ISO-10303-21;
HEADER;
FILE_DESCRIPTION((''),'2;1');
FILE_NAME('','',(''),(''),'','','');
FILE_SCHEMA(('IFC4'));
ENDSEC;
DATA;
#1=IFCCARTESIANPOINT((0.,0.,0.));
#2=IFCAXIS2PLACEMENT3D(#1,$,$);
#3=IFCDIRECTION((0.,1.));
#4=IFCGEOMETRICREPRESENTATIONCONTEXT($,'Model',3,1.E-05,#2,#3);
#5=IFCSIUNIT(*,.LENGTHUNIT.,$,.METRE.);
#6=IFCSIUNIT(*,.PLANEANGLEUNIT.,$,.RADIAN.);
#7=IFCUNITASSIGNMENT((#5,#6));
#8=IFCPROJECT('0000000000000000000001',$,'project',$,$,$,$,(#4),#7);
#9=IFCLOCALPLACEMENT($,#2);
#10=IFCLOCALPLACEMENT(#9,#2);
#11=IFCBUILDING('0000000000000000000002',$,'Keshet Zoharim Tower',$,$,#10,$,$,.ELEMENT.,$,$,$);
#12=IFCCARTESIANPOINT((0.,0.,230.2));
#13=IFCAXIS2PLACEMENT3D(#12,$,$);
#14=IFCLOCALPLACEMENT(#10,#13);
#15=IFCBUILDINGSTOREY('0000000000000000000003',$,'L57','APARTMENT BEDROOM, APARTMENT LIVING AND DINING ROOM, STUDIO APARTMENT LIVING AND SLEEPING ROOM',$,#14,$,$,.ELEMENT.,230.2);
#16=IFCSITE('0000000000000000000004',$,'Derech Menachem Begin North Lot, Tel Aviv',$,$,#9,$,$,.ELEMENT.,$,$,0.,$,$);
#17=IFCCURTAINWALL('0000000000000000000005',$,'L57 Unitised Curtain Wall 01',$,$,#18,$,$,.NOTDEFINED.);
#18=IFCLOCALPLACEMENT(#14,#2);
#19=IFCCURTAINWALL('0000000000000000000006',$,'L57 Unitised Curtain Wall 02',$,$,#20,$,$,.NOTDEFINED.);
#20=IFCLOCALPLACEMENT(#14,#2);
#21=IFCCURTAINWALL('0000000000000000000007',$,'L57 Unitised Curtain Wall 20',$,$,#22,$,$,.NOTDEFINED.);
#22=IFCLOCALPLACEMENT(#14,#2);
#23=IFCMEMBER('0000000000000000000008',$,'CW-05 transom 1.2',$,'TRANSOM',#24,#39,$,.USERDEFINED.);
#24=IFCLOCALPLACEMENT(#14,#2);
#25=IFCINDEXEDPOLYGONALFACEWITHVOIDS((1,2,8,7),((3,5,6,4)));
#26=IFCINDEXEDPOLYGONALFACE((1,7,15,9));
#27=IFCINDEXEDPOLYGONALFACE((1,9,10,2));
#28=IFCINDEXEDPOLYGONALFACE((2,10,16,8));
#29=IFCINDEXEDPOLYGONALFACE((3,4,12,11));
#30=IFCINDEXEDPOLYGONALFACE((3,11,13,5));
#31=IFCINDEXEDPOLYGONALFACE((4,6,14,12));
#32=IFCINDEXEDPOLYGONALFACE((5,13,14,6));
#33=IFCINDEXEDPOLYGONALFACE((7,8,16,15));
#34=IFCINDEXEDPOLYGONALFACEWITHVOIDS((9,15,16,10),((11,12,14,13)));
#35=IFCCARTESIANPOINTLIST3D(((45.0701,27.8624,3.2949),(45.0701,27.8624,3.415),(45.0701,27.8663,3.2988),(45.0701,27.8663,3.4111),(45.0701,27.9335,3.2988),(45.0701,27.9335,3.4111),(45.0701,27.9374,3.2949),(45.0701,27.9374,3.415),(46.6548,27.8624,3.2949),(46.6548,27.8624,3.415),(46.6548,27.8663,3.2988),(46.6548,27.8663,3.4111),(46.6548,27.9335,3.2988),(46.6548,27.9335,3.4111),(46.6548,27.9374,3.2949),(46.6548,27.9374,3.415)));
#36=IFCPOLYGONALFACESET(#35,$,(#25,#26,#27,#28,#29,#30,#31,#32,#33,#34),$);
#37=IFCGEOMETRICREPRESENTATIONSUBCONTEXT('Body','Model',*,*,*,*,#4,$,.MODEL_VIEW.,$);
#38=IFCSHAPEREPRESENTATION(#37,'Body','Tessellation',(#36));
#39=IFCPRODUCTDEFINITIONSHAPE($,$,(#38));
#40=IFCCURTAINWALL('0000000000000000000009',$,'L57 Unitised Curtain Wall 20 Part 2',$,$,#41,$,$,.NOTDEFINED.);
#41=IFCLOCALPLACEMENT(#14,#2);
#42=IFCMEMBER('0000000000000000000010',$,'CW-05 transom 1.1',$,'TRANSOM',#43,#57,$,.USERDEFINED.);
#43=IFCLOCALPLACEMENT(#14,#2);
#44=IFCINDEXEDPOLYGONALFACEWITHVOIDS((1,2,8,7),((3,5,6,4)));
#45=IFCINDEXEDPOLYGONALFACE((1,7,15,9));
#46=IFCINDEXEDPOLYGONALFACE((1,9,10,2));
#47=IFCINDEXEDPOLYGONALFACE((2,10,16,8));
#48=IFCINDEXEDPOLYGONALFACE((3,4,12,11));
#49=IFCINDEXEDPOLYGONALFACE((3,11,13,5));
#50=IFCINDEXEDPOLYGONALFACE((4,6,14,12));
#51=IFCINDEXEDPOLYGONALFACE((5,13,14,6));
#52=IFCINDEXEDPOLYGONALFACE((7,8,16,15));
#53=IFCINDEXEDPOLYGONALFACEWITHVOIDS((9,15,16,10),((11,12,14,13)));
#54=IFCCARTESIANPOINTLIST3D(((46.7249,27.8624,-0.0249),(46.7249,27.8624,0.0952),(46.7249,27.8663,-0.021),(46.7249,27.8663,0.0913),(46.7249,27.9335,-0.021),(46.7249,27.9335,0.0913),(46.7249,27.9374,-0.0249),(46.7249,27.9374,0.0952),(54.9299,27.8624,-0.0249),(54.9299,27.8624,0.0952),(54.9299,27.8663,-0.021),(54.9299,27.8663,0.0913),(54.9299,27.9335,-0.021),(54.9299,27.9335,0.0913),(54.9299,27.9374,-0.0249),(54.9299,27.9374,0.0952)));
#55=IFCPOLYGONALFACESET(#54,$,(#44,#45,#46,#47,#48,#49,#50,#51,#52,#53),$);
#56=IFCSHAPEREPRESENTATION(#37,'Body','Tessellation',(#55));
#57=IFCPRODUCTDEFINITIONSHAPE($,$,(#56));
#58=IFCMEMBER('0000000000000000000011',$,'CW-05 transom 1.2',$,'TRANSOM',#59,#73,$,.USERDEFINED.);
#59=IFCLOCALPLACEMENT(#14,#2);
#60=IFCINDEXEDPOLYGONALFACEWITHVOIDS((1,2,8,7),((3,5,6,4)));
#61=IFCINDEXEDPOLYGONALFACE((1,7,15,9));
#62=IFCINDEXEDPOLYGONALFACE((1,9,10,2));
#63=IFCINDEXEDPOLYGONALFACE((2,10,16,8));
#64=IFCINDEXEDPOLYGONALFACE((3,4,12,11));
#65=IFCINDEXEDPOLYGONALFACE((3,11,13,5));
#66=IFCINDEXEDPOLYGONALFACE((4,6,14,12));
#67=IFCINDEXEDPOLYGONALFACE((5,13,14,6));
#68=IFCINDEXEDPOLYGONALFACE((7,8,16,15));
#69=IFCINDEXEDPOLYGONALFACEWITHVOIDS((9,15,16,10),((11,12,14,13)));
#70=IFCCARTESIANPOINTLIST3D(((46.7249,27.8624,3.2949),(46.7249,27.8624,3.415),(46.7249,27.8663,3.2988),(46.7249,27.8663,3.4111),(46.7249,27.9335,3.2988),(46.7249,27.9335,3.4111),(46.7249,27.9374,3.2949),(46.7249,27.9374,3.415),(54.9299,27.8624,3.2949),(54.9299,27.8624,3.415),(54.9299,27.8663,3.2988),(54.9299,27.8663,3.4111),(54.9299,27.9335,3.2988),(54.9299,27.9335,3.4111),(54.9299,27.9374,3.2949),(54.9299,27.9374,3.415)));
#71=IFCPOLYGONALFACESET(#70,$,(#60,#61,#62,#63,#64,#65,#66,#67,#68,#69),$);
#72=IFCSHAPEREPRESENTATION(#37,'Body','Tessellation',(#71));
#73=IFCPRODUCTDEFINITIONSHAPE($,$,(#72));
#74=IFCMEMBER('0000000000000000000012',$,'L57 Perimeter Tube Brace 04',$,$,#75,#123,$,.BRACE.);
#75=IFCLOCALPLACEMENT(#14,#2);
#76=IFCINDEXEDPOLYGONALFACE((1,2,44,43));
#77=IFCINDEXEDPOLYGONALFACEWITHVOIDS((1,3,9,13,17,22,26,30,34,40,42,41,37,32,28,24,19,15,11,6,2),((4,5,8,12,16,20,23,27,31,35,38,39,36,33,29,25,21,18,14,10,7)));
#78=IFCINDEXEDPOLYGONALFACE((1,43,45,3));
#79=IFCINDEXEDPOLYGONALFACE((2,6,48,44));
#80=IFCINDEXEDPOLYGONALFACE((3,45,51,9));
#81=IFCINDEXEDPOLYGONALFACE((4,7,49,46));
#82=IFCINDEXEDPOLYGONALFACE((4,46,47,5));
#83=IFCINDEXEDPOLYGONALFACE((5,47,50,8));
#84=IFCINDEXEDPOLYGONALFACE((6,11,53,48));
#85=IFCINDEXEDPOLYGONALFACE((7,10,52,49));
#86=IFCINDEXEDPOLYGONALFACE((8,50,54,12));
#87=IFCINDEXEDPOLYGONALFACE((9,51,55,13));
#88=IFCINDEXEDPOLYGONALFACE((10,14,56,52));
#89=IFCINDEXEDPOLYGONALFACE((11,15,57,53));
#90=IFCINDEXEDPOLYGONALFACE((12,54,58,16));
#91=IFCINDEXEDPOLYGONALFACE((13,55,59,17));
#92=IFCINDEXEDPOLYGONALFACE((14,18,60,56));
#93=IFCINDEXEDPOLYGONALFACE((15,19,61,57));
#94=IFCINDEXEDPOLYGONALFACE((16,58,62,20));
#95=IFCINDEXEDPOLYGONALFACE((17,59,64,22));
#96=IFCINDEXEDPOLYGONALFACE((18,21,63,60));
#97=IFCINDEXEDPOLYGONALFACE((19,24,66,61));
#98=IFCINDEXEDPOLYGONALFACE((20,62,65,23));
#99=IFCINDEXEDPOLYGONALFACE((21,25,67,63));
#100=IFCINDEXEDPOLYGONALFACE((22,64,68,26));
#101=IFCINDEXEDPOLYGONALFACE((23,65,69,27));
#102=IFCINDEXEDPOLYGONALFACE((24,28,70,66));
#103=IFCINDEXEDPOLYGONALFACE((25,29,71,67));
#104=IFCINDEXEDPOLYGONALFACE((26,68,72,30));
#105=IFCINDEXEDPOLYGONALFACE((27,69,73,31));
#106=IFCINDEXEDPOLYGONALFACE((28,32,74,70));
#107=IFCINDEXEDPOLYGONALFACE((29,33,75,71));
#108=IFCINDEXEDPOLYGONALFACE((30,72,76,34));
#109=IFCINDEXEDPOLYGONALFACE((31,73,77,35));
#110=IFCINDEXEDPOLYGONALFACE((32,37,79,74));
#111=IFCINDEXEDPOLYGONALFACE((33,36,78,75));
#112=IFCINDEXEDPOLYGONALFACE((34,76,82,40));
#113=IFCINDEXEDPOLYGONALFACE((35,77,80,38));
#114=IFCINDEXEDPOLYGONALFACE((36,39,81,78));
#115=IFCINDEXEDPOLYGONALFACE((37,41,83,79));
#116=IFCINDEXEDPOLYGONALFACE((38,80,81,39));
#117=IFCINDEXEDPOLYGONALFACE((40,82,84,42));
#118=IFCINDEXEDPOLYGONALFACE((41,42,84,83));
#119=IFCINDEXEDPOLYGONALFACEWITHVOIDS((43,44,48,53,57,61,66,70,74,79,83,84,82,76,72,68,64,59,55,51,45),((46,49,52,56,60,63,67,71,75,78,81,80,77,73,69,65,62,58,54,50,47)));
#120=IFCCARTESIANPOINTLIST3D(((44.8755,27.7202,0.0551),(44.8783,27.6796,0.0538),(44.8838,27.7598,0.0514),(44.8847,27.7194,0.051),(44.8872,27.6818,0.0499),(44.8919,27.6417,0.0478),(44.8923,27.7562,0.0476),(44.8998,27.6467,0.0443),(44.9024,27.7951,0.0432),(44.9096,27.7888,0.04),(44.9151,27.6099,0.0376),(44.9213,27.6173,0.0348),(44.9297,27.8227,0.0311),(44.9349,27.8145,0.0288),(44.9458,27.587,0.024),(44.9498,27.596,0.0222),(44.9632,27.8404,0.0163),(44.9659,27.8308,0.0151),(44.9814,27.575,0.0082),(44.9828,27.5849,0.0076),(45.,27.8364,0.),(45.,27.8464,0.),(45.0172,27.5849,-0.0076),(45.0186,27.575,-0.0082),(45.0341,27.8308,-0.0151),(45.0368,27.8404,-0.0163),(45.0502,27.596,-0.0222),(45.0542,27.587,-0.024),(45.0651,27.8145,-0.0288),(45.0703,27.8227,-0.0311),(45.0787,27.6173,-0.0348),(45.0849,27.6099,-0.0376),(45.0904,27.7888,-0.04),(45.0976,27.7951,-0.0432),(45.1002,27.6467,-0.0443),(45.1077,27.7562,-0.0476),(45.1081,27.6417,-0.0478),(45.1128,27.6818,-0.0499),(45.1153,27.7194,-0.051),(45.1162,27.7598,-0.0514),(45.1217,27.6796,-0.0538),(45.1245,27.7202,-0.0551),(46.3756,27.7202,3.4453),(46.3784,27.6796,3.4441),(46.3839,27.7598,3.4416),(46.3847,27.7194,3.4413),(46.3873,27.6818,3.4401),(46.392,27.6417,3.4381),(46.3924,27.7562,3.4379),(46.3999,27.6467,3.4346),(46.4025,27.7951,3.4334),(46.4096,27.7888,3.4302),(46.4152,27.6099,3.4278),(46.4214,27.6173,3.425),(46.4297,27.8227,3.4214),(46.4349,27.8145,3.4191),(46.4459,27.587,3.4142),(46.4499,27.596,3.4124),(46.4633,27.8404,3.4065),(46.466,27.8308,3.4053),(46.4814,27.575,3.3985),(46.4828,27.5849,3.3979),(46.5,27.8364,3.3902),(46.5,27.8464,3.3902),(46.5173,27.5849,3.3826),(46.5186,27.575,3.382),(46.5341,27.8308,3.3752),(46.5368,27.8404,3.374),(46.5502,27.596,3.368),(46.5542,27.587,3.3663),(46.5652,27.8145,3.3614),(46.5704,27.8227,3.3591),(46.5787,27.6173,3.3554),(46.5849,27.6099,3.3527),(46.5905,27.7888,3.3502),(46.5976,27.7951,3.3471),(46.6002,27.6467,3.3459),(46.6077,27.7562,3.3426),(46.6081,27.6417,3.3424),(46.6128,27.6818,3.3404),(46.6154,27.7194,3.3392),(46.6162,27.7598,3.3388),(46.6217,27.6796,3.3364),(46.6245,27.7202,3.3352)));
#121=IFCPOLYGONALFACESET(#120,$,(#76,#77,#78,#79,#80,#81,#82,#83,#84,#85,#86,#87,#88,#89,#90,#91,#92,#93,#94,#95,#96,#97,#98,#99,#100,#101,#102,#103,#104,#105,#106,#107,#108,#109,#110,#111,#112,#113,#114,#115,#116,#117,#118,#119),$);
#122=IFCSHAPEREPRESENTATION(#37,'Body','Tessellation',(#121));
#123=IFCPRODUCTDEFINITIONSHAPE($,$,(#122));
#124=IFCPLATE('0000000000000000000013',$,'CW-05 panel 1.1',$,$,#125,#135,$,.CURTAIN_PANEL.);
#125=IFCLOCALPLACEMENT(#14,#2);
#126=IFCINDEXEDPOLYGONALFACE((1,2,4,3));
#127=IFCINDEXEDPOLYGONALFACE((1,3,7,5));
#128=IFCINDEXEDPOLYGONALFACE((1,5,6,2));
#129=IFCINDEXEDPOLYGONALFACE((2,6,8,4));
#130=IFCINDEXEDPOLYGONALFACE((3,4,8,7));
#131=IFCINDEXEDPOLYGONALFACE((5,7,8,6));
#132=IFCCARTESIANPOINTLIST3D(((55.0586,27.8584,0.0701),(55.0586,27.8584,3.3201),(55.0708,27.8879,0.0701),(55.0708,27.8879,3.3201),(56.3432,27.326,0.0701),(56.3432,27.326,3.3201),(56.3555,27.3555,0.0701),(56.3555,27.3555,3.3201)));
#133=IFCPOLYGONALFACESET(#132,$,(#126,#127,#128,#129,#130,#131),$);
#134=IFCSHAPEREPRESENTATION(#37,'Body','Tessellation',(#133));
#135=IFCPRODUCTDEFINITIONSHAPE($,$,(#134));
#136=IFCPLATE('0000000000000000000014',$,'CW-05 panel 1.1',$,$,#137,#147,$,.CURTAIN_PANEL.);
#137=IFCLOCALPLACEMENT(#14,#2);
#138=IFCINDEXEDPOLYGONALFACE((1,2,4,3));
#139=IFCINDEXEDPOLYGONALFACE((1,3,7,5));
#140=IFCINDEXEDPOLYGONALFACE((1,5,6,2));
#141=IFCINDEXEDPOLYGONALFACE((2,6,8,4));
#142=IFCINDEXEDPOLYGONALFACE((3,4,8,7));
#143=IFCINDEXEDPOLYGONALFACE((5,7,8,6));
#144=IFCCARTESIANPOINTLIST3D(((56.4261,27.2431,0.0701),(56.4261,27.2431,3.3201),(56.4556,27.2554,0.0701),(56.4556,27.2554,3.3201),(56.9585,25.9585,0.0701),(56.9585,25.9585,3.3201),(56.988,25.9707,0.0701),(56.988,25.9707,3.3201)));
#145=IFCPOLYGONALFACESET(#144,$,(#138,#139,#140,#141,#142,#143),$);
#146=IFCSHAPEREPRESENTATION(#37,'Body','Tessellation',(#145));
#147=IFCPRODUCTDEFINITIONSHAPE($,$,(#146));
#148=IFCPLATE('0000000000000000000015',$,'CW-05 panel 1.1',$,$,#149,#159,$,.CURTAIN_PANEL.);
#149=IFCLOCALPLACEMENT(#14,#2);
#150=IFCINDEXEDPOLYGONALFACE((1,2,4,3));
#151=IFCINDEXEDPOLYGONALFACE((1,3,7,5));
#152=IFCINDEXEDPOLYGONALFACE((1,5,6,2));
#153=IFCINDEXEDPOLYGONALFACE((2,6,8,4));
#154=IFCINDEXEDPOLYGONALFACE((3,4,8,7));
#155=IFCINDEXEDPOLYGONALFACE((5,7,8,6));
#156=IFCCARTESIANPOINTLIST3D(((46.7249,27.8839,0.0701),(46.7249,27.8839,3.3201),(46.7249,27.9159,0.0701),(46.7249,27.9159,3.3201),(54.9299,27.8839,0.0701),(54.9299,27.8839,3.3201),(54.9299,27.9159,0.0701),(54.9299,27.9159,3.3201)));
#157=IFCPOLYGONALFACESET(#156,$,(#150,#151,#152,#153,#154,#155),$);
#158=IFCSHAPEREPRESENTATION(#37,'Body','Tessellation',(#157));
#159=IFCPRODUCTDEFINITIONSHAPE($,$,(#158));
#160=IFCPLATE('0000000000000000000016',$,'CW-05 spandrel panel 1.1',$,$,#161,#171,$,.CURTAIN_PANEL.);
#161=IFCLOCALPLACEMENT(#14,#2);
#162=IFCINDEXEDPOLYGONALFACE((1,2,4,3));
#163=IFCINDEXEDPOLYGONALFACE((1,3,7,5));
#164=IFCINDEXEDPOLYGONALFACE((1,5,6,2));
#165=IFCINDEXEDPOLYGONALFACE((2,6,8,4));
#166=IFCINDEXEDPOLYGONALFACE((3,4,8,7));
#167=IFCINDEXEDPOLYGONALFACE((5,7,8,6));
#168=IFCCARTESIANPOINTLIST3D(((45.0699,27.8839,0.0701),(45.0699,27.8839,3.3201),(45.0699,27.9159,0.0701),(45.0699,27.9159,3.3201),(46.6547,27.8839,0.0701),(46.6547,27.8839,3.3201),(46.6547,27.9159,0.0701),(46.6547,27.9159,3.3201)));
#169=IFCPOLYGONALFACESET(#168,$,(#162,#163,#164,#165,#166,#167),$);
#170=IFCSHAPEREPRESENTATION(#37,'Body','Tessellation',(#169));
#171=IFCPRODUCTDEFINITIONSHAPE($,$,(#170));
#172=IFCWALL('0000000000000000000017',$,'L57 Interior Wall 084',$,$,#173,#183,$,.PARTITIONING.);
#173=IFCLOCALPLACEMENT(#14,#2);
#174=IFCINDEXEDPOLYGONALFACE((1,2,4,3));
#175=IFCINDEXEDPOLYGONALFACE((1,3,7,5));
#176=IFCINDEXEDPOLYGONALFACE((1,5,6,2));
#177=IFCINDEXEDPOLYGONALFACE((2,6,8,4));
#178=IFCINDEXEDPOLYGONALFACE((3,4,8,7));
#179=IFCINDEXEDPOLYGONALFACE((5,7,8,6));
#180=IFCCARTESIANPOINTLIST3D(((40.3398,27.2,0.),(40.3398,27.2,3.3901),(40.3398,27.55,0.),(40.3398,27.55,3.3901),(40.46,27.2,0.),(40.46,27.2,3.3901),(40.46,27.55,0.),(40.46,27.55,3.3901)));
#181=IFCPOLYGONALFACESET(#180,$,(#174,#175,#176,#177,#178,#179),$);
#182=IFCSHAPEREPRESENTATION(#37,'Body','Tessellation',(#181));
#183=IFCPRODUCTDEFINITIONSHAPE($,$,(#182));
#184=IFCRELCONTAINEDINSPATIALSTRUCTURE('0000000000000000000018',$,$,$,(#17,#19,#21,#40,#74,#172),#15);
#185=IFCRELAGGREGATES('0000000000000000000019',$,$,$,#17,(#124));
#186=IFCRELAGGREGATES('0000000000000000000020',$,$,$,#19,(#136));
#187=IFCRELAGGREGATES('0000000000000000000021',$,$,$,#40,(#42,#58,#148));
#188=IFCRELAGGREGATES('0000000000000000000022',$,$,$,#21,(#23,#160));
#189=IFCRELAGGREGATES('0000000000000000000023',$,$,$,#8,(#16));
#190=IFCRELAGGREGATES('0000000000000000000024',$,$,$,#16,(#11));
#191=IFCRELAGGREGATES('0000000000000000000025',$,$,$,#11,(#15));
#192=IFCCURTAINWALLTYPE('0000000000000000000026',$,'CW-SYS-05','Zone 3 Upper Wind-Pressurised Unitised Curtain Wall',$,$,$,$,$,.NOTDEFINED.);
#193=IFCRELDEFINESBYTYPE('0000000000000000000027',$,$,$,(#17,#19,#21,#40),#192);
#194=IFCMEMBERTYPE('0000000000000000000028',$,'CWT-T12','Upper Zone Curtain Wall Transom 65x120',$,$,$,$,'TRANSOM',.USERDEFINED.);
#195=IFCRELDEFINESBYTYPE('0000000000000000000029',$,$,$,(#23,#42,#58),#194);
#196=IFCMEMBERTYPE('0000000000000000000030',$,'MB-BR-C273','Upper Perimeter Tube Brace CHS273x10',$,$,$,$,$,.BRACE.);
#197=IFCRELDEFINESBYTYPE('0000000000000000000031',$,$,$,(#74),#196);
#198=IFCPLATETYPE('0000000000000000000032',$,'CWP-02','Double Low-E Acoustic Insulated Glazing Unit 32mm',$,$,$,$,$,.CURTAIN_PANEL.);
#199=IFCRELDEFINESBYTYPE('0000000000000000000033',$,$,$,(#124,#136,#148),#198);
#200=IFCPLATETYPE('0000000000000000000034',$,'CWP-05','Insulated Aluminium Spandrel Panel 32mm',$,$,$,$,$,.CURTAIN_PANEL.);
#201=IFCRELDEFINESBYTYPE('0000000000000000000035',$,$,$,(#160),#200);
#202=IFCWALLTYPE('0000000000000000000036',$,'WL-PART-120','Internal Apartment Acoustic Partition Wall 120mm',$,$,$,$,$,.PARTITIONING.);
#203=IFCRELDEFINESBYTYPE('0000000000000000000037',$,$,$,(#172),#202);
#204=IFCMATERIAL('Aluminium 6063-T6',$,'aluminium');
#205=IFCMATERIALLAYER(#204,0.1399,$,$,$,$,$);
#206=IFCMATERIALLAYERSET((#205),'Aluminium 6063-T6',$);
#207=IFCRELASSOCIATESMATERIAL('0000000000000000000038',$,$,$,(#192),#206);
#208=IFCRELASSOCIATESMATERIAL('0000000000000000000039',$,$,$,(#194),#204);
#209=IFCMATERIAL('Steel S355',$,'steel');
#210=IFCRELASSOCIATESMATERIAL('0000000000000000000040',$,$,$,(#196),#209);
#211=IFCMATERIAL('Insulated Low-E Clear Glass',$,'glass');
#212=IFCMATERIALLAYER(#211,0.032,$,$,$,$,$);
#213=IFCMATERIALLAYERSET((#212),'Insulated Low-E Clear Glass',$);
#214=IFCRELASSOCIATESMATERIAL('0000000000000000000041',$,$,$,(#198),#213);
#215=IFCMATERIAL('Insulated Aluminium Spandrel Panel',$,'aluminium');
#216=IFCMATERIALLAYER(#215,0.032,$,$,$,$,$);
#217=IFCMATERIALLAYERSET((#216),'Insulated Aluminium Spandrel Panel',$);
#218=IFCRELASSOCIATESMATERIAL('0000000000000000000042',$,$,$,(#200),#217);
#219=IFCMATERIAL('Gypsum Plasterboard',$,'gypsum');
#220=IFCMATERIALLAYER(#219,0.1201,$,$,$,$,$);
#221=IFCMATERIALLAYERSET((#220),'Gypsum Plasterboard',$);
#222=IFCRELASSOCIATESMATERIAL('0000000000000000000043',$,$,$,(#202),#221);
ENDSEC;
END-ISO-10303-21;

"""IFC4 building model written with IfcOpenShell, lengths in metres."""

from ifc_helpers import new_model, si_unit, direction, frame, frame_2d, origin, origin_2d, place, context, subcontext, project, spatial, rectangle, hollow_rectangle, hollow_circle, extrude, material, layer, layer_set, material_profile, profile_set, type_object, element, aggregate, save


model = new_model("IFC4")

# Units and contexts
model_context = context("Model", 3, precision=1e-05, world=origin(), true_north=direction((0.0, 1.0)))
body_context = subcontext(model_context, "Body", "Model", "MODEL_VIEW")
ifc_project = project(units=[si_unit("LENGTHUNIT", "METRE"), si_unit("PLANEANGLEUNIT", "RADIAN")], contexts=[model_context])

# Site, building, storey
site_placement = place(None, origin())
site = spatial("IfcSite", under=ifc_project, at=site_placement, Name="Derech Menachem Begin North Lot, Tel Aviv", CompositionType="ELEMENT", RefElevation=0.0)
building_placement = place(site_placement, origin())
building = spatial("IfcBuilding", under=site, at=building_placement, Name="Keshet Zoharim Tower", CompositionType="ELEMENT")
storey_placement = place(building_placement, frame((0.0, 0.0, 230.2)))
storey = spatial("IfcBuildingStorey", under=building, at=storey_placement, Name="L57", Description="APARTMENT BEDROOM, APARTMENT LIVING AND DINING ROOM, STUDIO APARTMENT LIVING AND SLEEPING ROOM", CompositionType="ELEMENT", Elevation=230.2)

# Shared definitions
ifc_material_1 = material(Name="Steel S355", Category="steel")

# Curtain walls
ifc_material_2 = material(Name="Aluminium 6063-T6", Category="aluminium")
ifc_layer_1 = layer(ifc_material_2, 0.1399)
ifc_layer_set_1 = layer_set([ifc_layer_1], Name="Aluminium 6063-T6")
curtain_wall_type = type_object("IfcCurtainWallType", Name="CW-SYS-05", Description="Zone 3 Upper Wind-Pressurised Unitised Curtain Wall", PredefinedType="NOTDEFINED", material=ifc_layer_set_1)
curtain_wall_1_placement = place(storey_placement, origin())
curtain_wall_1 = element("IfcCurtainWall", 1, at=curtain_wall_1_placement, inside=storey, type_object=curtain_wall_type, Name="L57 Unitised Curtain Wall 01", PredefinedType="NOTDEFINED")
curtain_wall_2_placement = place(storey_placement, origin())
curtain_wall_2 = element("IfcCurtainWall", 2, at=curtain_wall_2_placement, inside=storey, type_object=curtain_wall_type, Name="L57 Unitised Curtain Wall 02", PredefinedType="NOTDEFINED")

# Curtain wall
curtain_wall_3_placement = place(storey_placement, origin())
curtain_wall_3 = element("IfcCurtainWall", 3, at=curtain_wall_3_placement, inside=storey, type_object=curtain_wall_type, Name="L57 Unitised Curtain Wall 20", PredefinedType="NOTDEFINED")

# Member
ifc_material_profile_1 = material_profile(ifc_material_2, hollow_rectangle(XDim=0.075, YDim=0.1201, WallThickness=0.0039, at=origin_2d()), Name="TRN-75x120")
ifc_profile_set_1 = profile_set([ifc_material_profile_1], Name="Aluminium 6063-T6")
member_type_1 = type_object("IfcMemberType", Name="CWT-T12", Description="Upper Zone Curtain Wall Transom 65x120", ElementType="TRANSOM", PredefinedType="USERDEFINED", material=ifc_profile_set_1)
member_1_placement = place(storey_placement, frame((45.0701, 27.8999, 3.355), z_axis=(1.0, 0.0, 0.0), x_axis=(0.0, 1.0, 0.0)))
member_1 = element("IfcMember", 4, at=member_1_placement, type_object=member_type_1, Name="CW-05 transom 1.2", ObjectType="TRANSOM", PredefinedType="USERDEFINED", context=body_context, shape_type="SweptSolid", body=[
    extrude(hollow_rectangle(XDim=0.075, YDim=0.1201, WallThickness=0.0039, at=origin_2d()), origin(), (0.0, 0.0, 1.0), 1.5847),
])

# Curtain wall, members
curtain_wall_4_placement = place(storey_placement, origin())
curtain_wall_4 = element("IfcCurtainWall", 5, at=curtain_wall_4_placement, inside=storey, type_object=curtain_wall_type, Name="L57 Unitised Curtain Wall 20 Part 2", PredefinedType="NOTDEFINED")
member_2_placement = place(storey_placement, frame((46.7249, 27.8999, 0.0352), z_axis=(1.0, 0.0, 0.0), x_axis=(0.0, 1.0, 0.0)))
member_2 = element("IfcMember", 6, at=member_2_placement, type_object=member_type_1, Name="CW-05 transom 1.1", ObjectType="TRANSOM", PredefinedType="USERDEFINED", context=body_context, shape_type="SweptSolid", body=[
    extrude(hollow_rectangle(XDim=0.075, YDim=0.1201, WallThickness=0.0039, at=origin_2d()), origin(), (0.0, 0.0, 1.0), 8.2051),
])
member_3_placement = place(storey_placement, frame((46.7249, 27.8999, 3.355), z_axis=(1.0, 0.0, 0.0), x_axis=(0.0, 1.0, 0.0)))
member_3 = element("IfcMember", 7, at=member_3_placement, type_object=member_type_1, Name="CW-05 transom 1.2", ObjectType="TRANSOM", PredefinedType="USERDEFINED", context=body_context, shape_type="SweptSolid", body=[
    extrude(hollow_rectangle(XDim=0.075, YDim=0.1201, WallThickness=0.0039, at=origin_2d()), origin(), (0.0, 0.0, 1.0), 8.2051),
])

# Member
ifc_material_profile_2 = material_profile(ifc_material_1, hollow_circle(Radius=0.1365, WallThickness=0.01, at=origin_2d()), Name="CHS273x10")
ifc_profile_set_2 = profile_set([ifc_material_profile_2], Name="Steel S355")
member_type_2 = type_object("IfcMemberType", Name="MB-BR-C273", Description="Upper Perimeter Tube Brace CHS273x10", PredefinedType="BRACE", material=ifc_profile_set_2)
member_4_placement = place(storey_placement, frame((45.0, 27.71, 0.0), z_axis=(0.404623, 0.0, 0.914484), x_axis=(0.0, 1.0, 0.0)))
element("IfcMember", 8, at=member_4_placement, inside=storey, type_object=member_type_2, Name="L57 Perimeter Tube Brace 04", PredefinedType="BRACE", context=body_context, shape_type="SweptSolid", body=[
    extrude(hollow_circle(Radius=0.1365, WallThickness=0.01, at=origin_2d()), origin(), (0.0, 0.0, 1.0), 3.7073),
])

# Plates
ifc_material_3 = material(Name="Insulated Low-E Clear Glass", Category="glass")
ifc_layer_2 = layer(ifc_material_3, 0.032)
ifc_layer_set_2 = layer_set([ifc_layer_2], Name="Insulated Low-E Clear Glass")
plate_type_1 = type_object("IfcPlateType", Name="CWP-02", Description="Double Low-E Acoustic Insulated Glazing Unit 32mm", PredefinedType="CURTAIN_PANEL", material=ifc_layer_set_2)
plate_1_placement = place(storey_placement, frame((55.707, 27.6069, 0.0701), z_axis=(0.0, 0.0, 1.0), x_axis=(0.92381, -0.382852, 0.0)))
plate_1 = element("IfcPlate", 9, at=plate_1_placement, type_object=plate_type_1, Name="CW-05 panel 1.1", PredefinedType="CURTAIN_PANEL", context=body_context, shape_type="SweptSolid", body=[
    extrude(rectangle(XDim=1.3906, YDim=0.032, at=origin_2d()), origin(), (0.0, 0.0, 1.0), 3.25),
])
aggregate(curtain_wall_1, [plate_1])
plate_2_placement = place(storey_placement, frame((56.707, 26.6069, 0.0701), z_axis=(0.0, 0.0, 1.0), x_axis=(0.382852, -0.92381, 0.0)))
plate_2 = element("IfcPlate", 10, at=plate_2_placement, type_object=plate_type_1, Name="CW-05 panel 1.1", PredefinedType="CURTAIN_PANEL", context=body_context, shape_type="SweptSolid", body=[
    extrude(rectangle(XDim=1.3906, YDim=0.032, at=origin_2d()), origin(), (0.0, 0.0, 1.0), 3.25),
])
aggregate(curtain_wall_2, [plate_2])
plate_3_placement = place(storey_placement, frame((50.8274, 27.8999, 0.0701), z_axis=(0.0, 0.0, 1.0), x_axis=(1.0, 0.0, 0.0)))
plate_3 = element("IfcPlate", 11, at=plate_3_placement, type_object=plate_type_1, Name="CW-05 panel 1.1", PredefinedType="CURTAIN_PANEL", context=body_context, shape_type="SweptSolid", body=[
    extrude(rectangle(XDim=8.2051, YDim=0.032, at=origin_2d()), origin(), (0.0, 0.0, 1.0), 3.25),
])
aggregate(curtain_wall_4, [member_2, member_3, plate_3])
ifc_material_4 = material(Name="Insulated Aluminium Spandrel Panel", Category="aluminium")
ifc_layer_3 = layer(ifc_material_4, 0.032)
ifc_layer_set_3 = layer_set([ifc_layer_3], Name="Insulated Aluminium Spandrel Panel")
plate_type_2 = type_object("IfcPlateType", Name="CWP-05", Description="Insulated Aluminium Spandrel Panel 32mm", PredefinedType="CURTAIN_PANEL", material=ifc_layer_set_3)
plate_4_placement = place(storey_placement, frame((45.8623, 27.8999, 0.0701), z_axis=(0.0, 0.0, 1.0), x_axis=(1.0, 0.0, 0.0)))
plate_4 = element("IfcPlate", 12, at=plate_4_placement, type_object=plate_type_2, Name="CW-05 spandrel panel 1.1", PredefinedType="CURTAIN_PANEL", context=body_context, shape_type="SweptSolid", body=[
    extrude(rectangle(XDim=1.5847, YDim=0.032, at=origin_2d()), origin(), (0.0, 0.0, 1.0), 3.25),
])
aggregate(curtain_wall_3, [member_1, plate_4])

# Wall
ifc_material_5 = material(Name="Gypsum Plasterboard", Category="gypsum")
ifc_layer_4 = layer(ifc_material_5, 0.1201)
ifc_layer_set_4 = layer_set([ifc_layer_4], Name="Gypsum Plasterboard")
wall_type = type_object("IfcWallType", Name="WL-PART-120", Description="Internal Apartment Acoustic Partition Wall 120mm", PredefinedType="PARTITIONING", material=ifc_layer_set_4)
wall_1_placement = place(storey_placement, frame((40.3999, 27.2, 0.0), z_axis=(0.0, 0.0, 1.0), x_axis=(0.0, 1.0, 0.0)))
element("IfcWall", 13, at=wall_1_placement, inside=storey, type_object=wall_type, Name="L57 Interior Wall 084", PredefinedType="PARTITIONING", context=body_context, shape_type="SweptSolid", body=[
    extrude(rectangle(XDim=0.3501, YDim=0.1201, at=frame_2d((0.175, 0.0))), origin(), (0.0, 0.0, 1.0), 3.3901),
])

save(model, "model.ifc")
